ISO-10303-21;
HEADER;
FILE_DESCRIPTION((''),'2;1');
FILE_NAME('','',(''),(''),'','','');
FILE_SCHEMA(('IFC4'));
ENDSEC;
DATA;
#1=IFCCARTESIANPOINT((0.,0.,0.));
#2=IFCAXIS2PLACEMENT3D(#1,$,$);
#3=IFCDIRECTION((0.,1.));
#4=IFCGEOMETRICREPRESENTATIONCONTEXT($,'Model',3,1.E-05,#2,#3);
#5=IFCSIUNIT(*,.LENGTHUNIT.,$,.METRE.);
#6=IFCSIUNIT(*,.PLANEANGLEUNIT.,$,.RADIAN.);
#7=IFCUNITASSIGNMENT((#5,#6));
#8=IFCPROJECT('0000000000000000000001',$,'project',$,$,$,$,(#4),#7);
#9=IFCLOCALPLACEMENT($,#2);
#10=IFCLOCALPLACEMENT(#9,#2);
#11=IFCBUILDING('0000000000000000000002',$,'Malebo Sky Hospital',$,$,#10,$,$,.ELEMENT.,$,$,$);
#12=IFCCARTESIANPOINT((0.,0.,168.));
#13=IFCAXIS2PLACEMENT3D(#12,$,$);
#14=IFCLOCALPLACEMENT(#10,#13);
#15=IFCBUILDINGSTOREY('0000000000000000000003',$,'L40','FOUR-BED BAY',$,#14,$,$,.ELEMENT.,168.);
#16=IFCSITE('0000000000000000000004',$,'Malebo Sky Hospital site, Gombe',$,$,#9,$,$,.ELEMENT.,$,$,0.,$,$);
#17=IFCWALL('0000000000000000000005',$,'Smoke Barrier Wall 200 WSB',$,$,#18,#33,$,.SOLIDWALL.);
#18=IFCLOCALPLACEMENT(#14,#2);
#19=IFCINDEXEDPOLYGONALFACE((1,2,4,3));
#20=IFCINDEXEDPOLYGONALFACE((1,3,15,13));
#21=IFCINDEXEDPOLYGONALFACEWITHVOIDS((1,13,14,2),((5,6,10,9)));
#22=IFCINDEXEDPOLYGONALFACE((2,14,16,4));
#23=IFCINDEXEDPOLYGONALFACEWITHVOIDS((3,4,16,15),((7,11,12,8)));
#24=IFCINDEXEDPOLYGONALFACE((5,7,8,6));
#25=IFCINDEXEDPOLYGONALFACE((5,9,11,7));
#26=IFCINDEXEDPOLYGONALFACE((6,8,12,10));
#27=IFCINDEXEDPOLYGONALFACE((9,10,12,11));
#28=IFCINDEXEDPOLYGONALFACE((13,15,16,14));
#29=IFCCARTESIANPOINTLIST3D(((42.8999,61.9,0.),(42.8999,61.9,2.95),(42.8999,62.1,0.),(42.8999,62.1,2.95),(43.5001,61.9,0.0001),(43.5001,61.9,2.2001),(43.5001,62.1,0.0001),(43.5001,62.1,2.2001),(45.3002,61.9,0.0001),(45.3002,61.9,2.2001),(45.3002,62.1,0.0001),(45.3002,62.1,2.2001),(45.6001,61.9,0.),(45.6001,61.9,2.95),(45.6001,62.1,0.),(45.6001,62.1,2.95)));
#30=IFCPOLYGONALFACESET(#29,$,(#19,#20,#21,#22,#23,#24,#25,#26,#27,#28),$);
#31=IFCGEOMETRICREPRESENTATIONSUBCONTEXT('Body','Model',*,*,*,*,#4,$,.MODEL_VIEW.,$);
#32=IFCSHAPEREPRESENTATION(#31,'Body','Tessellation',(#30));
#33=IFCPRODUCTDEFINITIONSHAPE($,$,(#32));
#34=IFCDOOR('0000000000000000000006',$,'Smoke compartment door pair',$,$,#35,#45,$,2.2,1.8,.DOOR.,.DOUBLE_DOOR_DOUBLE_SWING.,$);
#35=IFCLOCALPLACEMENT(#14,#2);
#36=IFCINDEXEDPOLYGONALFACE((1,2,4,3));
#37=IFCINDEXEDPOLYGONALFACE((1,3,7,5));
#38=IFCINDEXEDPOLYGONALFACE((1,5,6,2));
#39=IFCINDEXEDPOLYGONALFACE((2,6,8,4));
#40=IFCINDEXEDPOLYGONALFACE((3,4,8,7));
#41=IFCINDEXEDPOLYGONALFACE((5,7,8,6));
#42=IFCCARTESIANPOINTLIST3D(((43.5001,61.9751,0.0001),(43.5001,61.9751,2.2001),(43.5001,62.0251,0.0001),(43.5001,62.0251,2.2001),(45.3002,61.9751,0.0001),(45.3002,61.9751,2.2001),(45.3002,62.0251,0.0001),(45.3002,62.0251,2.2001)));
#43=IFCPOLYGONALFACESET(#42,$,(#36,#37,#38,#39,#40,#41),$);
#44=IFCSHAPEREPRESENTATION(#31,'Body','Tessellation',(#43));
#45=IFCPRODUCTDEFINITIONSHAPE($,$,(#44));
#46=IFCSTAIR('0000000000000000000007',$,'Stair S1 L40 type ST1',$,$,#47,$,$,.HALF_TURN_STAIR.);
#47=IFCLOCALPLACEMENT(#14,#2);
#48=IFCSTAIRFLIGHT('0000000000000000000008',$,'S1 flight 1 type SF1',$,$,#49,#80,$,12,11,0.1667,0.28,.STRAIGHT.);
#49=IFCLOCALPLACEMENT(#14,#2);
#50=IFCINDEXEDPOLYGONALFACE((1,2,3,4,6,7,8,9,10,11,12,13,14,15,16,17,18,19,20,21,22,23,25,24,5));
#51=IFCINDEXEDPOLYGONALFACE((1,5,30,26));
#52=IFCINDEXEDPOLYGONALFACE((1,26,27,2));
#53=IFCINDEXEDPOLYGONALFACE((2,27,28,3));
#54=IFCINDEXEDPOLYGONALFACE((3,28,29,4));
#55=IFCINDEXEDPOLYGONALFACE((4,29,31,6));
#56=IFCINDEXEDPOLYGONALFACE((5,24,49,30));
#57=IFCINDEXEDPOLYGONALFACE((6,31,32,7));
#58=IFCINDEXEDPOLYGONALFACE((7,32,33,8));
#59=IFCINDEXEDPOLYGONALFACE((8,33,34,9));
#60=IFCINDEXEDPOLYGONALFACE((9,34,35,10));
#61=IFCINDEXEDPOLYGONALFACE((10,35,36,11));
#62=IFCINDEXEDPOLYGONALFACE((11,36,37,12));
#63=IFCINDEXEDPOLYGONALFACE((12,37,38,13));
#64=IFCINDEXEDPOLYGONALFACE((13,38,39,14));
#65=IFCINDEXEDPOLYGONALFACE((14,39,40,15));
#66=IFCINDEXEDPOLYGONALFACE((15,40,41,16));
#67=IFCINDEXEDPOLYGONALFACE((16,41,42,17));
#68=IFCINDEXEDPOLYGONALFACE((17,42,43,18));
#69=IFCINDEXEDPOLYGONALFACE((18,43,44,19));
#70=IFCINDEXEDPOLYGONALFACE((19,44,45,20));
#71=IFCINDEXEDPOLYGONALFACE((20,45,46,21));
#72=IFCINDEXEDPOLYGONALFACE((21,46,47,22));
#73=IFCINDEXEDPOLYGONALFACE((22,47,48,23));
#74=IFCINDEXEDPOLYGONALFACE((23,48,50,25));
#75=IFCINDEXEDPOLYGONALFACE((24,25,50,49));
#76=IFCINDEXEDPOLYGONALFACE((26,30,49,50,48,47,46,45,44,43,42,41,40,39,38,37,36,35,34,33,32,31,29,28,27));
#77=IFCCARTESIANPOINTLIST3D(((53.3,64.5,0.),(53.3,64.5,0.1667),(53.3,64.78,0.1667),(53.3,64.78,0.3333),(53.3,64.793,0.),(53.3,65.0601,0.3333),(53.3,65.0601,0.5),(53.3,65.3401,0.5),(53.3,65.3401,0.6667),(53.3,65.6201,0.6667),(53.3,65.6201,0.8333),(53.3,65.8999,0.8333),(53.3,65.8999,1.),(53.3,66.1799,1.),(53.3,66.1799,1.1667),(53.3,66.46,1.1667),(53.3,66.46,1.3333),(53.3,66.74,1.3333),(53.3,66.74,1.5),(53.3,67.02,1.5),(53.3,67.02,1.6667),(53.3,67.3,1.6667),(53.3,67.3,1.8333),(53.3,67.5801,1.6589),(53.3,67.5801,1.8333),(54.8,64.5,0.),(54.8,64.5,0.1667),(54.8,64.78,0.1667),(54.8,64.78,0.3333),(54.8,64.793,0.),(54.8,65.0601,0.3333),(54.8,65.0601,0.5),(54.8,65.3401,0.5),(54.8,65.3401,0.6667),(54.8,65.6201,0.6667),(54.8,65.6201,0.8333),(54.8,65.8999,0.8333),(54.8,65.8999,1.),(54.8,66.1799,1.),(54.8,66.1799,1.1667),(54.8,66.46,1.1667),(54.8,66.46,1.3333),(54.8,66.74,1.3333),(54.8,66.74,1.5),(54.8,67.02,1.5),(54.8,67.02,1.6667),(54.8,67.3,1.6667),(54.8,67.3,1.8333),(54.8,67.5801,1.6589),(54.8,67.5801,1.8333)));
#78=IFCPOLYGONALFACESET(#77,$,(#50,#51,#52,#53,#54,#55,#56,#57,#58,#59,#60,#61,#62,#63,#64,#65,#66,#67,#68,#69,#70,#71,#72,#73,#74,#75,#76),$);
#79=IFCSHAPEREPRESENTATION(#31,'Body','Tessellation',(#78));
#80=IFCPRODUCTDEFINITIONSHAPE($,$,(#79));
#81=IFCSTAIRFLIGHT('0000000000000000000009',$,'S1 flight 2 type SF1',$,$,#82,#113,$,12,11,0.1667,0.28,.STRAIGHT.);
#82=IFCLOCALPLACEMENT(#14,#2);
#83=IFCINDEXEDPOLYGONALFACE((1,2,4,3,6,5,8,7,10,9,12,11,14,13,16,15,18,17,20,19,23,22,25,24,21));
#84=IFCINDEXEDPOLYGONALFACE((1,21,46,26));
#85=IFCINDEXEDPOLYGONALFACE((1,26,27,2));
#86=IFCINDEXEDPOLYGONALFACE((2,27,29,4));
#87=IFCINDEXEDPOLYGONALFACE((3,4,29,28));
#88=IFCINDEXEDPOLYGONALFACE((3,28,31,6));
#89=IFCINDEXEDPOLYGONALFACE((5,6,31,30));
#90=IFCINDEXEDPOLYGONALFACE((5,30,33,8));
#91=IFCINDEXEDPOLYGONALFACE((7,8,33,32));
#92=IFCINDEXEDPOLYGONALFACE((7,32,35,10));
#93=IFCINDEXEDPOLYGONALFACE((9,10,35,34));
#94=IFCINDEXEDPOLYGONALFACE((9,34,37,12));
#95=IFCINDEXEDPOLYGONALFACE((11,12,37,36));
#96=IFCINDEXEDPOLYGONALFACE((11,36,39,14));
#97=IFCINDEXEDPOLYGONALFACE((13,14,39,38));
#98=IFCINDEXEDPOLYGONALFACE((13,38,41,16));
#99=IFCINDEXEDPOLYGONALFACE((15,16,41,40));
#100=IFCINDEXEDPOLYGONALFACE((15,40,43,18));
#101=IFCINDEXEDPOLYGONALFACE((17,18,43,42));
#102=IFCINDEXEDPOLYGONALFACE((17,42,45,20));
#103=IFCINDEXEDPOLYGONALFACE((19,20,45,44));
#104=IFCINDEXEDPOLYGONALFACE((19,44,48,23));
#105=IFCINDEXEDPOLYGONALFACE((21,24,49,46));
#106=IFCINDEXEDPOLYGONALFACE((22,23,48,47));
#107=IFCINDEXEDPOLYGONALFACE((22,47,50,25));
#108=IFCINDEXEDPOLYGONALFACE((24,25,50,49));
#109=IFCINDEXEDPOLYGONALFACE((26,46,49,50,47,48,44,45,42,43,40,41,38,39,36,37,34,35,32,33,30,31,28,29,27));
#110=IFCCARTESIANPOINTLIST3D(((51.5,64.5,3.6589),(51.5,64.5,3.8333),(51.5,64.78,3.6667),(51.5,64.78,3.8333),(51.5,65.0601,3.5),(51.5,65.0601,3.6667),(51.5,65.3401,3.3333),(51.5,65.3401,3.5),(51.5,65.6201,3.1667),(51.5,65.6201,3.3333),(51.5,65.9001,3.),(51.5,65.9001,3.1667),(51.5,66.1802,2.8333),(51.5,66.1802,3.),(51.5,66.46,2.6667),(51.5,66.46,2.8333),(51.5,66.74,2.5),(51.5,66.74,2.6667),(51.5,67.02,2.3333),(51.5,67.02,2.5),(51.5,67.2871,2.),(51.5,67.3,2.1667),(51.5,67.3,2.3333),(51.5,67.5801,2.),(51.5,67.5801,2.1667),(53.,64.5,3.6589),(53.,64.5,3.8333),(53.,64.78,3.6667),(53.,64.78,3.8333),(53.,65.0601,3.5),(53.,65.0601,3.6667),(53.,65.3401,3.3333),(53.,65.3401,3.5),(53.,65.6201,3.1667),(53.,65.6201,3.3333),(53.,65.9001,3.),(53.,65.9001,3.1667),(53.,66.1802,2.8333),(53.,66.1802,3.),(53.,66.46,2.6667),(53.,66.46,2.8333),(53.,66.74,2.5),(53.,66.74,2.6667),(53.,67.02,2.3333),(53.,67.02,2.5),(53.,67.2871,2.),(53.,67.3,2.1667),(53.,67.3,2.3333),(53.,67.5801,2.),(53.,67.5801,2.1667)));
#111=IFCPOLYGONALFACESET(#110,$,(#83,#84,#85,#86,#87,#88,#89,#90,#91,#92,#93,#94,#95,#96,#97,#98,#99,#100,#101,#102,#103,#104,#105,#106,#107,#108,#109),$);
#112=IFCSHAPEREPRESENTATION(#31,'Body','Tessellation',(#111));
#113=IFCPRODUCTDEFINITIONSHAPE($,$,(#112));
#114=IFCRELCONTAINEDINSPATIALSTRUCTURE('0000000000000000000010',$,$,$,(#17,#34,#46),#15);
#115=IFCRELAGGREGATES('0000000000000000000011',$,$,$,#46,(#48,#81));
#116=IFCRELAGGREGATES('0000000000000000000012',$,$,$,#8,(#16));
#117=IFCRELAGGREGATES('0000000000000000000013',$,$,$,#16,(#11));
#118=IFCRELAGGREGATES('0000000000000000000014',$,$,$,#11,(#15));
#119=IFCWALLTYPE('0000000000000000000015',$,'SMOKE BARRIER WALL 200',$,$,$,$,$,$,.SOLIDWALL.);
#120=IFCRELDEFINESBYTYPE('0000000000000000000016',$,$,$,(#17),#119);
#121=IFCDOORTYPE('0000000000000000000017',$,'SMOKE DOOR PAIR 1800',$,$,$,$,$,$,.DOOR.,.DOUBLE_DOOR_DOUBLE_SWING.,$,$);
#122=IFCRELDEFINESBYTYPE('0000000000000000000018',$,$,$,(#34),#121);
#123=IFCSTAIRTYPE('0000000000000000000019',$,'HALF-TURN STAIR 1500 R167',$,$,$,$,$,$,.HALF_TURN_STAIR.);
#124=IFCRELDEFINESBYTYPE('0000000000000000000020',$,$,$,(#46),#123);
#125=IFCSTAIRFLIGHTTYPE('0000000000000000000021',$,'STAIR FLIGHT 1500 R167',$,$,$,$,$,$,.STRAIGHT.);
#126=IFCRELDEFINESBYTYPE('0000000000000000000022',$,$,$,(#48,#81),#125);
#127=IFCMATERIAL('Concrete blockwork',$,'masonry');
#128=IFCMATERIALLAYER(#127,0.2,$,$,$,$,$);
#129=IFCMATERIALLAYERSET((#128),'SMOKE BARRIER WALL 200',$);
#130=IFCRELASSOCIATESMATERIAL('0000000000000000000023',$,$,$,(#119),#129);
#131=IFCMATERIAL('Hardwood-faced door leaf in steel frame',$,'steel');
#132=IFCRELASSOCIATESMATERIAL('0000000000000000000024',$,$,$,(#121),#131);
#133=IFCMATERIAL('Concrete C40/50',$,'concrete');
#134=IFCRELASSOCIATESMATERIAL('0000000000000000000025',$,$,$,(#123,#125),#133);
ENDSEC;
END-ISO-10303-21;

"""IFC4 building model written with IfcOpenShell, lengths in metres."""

from ifc_helpers import new_model, si_unit, direction, frame, frame_2d, origin, place, context, subcontext, project, spatial, polyline, rectangle, outline, extrude, material, layer, layer_set, type_object, element, fill, aggregate, save


model = new_model("IFC4")

# Units and contexts
model_context = context("Model", 3, precision=1e-05, world=origin(), true_north=direction((0.0, 1.0)))
body_context = subcontext(model_context, "Body", "Model", "MODEL_VIEW")
ifc_project = project(units=[si_unit("LENGTHUNIT", "METRE"), si_unit("PLANEANGLEUNIT", "RADIAN")], contexts=[model_context])

# Site, building, storey
site_placement = place(None, origin())
site = spatial("IfcSite", under=ifc_project, at=site_placement, Name="Malebo Sky Hospital site, Gombe", CompositionType="ELEMENT", RefElevation=0.0)
building_placement = place(site_placement, origin())
building = spatial("IfcBuilding", under=site, at=building_placement, Name="Malebo Sky Hospital", CompositionType="ELEMENT")
storey_placement = place(building_placement, frame((0.0, 0.0, 168.0)))
storey = spatial("IfcBuildingStorey", under=building, at=storey_placement, Name="L40", Description="FOUR-BED BAY", CompositionType="ELEMENT", Elevation=168.0)

# Shared definitions
ifc_material_1 = material(Name="Hardwood-faced door leaf in steel frame", Category="steel")

# Shared definitions
ifc_material_2 = material(Name="Concrete blockwork", Category="masonry")
ifc_layer_1 = layer(ifc_material_2, 0.2)
ifc_layer_set_1 = layer_set([ifc_layer_1], Name="SMOKE BARRIER WALL 200")
wall_type_1 = type_object("IfcWallType", Name="SMOKE BARRIER WALL 200", PredefinedType="SOLIDWALL", material=ifc_layer_set_1)

# Wall, opening, door
wall_1_placement = place(storey_placement, frame((45.6001, 62.0, 0.0), z_axis=(0.0, 0.0, 1.0), x_axis=(-1.0, 0.0, 0.0)))
wall_1 = element("IfcWall", 1, at=wall_1_placement, inside=storey, type_object=wall_type_1, Name="Smoke Barrier Wall 200 WSB", PredefinedType="SOLIDWALL", context=body_context, shape_type="SweptSolid", body=[
    extrude(rectangle(XDim=2.7002, YDim=0.2, at=frame_2d((1.3501, 0.0))), origin(), (0.0, 0.0, 1.0), 2.95),
])
opening_1_placement = place(wall_1_placement, frame((0.3, 0.0, 0.0)))
opening_1 = element("IfcOpeningElement", 2, at=opening_1_placement, cuts=wall_1, PredefinedType="OPENING", context=body_context, shape_type="SweptSolid", body=[
    extrude(rectangle(XDim=1.8, YDim=2.2, at=frame_2d((0.8999, 1.1001))), frame((0.0, 0.1099, 0.0), z_axis=(0.0, -1.0, 0.0), x_axis=(1.0, 0.0, 0.0)), (0.0, 0.0, 1.0), 0.22),
])
door_type_1 = type_object("IfcDoorType", Name="SMOKE DOOR PAIR 1800", OperationType="DOUBLE_DOOR_DOUBLE_SWING", PredefinedType="DOOR", material=ifc_material_1)
door_1_placement = place(opening_1_placement, origin())
door_1 = element("IfcDoor", 3, at=door_1_placement, inside=storey, type_object=door_type_1, Name="Smoke compartment door pair", OperationType="DOUBLE_DOOR_DOUBLE_SWING", OverallHeight=2.2, OverallWidth=1.8, PredefinedType="DOOR", context=body_context, shape_type="SweptSolid", body=[
    extrude(rectangle(XDim=1.8, YDim=2.2, at=frame_2d((0.8999, 1.1001))), frame((0.0, 0.0249, 0.0), z_axis=(0.0, -1.0, 0.0), x_axis=(1.0, 0.0, 0.0)), (0.0, 0.0, 1.0), 0.05),
])
fill(opening_1, door_1)

# Stair, stair flights
ifc_material_3 = material(Name="Concrete C40/50", Category="concrete")
stair_type = type_object("IfcStairType", Name="HALF-TURN STAIR 1500 R167", PredefinedType="HALF_TURN_STAIR", material=ifc_material_3)
stair_placement = place(storey_placement, origin())
stair = element("IfcStair", 4, at=stair_placement, inside=storey, type_object=stair_type, Name="Stair S1 L40 type ST1", PredefinedType="HALF_TURN_STAIR")
stair_flight_type = type_object("IfcStairFlightType", Name="STAIR FLIGHT 1500 R167", PredefinedType="STRAIGHT", material=ifc_material_3)
stair_flight_1_placement = place(storey_placement, frame((54.05, 64.5, 0.0), z_axis=(0.0, 0.0, 1.0), x_axis=(0.0, 1.0, 0.0)))
stair_flight_1 = element("IfcStairFlight", 5, at=stair_flight_1_placement, type_object=stair_flight_type, Name="S1 flight 1 type SF1", NumberOfRisers=12, NumberOfTreads=11, PredefinedType="STRAIGHT", RiserHeight=0.1667, TreadLength=0.28, context=body_context, shape_type="SweptSolid", body=[
    extrude(outline(polyline([(0.0, 0.0), (0.0, 0.1667), (0.28, 0.1667), (0.28, 0.3333), (0.5601, 0.3333), (0.5601, 0.5), (0.8401, 0.5), (0.8401, 0.6667), (1.1201, 0.6667), (1.1201, 0.8333), (1.3999, 0.8333), (1.3999, 1.0), (1.6799, 1.0), (1.6799, 1.1667), (1.96, 1.1667), (1.96, 1.3333), (2.24, 1.3333), (2.24, 1.5), (2.52, 1.5), (2.52, 1.6667), (2.8, 1.6667), (2.8, 1.8333), (3.0801, 1.8333), (3.0801, 2.0), (3.0801, 1.6589), (0.293, 0.0), (0.0, 0.0)])), frame((0.0, 0.75, 0.0), z_axis=(0.0, -1.0, 0.0), x_axis=(1.0, 0.0, 0.0)), (0.0, 0.0, 1.0), 1.5),
])
stair_flight_2_placement = place(storey_placement, frame((52.25, 67.5801, 2.0), z_axis=(0.0, 0.0, 1.0), x_axis=(0.0, -1.0, 0.0)))
stair_flight_2 = element("IfcStairFlight", 6, at=stair_flight_2_placement, type_object=stair_flight_type, Name="S1 flight 2 type SF1", NumberOfRisers=12, NumberOfTreads=11, PredefinedType="STRAIGHT", RiserHeight=0.1667, TreadLength=0.28, context=body_context, shape_type="SweptSolid", body=[
    extrude(outline(polyline([(0.0, 0.0), (0.0, 0.1667), (0.28, 0.1667), (0.28, 0.3333), (0.5601, 0.3333), (0.5601, 0.5), (0.8401, 0.5), (0.8401, 0.6667), (1.1201, 0.6667), (1.1201, 0.8333), (1.3999, 0.8333), (1.3999, 1.0), (1.6799, 1.0), (1.6799, 1.1667), (1.96, 1.1667), (1.96, 1.3333), (2.24, 1.3333), (2.24, 1.5), (2.52, 1.5), (2.52, 1.6667), (2.8, 1.6667), (2.8, 1.8333), (3.0801, 1.8333), (3.0801, 2.0), (3.0801, 1.6589), (0.293, 0.0), (0.0, 0.0)])), frame((0.0, 0.75, 0.0), z_axis=(0.0, -1.0, 0.0), x_axis=(1.0, 0.0, 0.0)), (0.0, 0.0, 1.0), 1.5),
])
aggregate(stair, [stair_flight_1, stair_flight_2])

save(model, "model.ifc")
